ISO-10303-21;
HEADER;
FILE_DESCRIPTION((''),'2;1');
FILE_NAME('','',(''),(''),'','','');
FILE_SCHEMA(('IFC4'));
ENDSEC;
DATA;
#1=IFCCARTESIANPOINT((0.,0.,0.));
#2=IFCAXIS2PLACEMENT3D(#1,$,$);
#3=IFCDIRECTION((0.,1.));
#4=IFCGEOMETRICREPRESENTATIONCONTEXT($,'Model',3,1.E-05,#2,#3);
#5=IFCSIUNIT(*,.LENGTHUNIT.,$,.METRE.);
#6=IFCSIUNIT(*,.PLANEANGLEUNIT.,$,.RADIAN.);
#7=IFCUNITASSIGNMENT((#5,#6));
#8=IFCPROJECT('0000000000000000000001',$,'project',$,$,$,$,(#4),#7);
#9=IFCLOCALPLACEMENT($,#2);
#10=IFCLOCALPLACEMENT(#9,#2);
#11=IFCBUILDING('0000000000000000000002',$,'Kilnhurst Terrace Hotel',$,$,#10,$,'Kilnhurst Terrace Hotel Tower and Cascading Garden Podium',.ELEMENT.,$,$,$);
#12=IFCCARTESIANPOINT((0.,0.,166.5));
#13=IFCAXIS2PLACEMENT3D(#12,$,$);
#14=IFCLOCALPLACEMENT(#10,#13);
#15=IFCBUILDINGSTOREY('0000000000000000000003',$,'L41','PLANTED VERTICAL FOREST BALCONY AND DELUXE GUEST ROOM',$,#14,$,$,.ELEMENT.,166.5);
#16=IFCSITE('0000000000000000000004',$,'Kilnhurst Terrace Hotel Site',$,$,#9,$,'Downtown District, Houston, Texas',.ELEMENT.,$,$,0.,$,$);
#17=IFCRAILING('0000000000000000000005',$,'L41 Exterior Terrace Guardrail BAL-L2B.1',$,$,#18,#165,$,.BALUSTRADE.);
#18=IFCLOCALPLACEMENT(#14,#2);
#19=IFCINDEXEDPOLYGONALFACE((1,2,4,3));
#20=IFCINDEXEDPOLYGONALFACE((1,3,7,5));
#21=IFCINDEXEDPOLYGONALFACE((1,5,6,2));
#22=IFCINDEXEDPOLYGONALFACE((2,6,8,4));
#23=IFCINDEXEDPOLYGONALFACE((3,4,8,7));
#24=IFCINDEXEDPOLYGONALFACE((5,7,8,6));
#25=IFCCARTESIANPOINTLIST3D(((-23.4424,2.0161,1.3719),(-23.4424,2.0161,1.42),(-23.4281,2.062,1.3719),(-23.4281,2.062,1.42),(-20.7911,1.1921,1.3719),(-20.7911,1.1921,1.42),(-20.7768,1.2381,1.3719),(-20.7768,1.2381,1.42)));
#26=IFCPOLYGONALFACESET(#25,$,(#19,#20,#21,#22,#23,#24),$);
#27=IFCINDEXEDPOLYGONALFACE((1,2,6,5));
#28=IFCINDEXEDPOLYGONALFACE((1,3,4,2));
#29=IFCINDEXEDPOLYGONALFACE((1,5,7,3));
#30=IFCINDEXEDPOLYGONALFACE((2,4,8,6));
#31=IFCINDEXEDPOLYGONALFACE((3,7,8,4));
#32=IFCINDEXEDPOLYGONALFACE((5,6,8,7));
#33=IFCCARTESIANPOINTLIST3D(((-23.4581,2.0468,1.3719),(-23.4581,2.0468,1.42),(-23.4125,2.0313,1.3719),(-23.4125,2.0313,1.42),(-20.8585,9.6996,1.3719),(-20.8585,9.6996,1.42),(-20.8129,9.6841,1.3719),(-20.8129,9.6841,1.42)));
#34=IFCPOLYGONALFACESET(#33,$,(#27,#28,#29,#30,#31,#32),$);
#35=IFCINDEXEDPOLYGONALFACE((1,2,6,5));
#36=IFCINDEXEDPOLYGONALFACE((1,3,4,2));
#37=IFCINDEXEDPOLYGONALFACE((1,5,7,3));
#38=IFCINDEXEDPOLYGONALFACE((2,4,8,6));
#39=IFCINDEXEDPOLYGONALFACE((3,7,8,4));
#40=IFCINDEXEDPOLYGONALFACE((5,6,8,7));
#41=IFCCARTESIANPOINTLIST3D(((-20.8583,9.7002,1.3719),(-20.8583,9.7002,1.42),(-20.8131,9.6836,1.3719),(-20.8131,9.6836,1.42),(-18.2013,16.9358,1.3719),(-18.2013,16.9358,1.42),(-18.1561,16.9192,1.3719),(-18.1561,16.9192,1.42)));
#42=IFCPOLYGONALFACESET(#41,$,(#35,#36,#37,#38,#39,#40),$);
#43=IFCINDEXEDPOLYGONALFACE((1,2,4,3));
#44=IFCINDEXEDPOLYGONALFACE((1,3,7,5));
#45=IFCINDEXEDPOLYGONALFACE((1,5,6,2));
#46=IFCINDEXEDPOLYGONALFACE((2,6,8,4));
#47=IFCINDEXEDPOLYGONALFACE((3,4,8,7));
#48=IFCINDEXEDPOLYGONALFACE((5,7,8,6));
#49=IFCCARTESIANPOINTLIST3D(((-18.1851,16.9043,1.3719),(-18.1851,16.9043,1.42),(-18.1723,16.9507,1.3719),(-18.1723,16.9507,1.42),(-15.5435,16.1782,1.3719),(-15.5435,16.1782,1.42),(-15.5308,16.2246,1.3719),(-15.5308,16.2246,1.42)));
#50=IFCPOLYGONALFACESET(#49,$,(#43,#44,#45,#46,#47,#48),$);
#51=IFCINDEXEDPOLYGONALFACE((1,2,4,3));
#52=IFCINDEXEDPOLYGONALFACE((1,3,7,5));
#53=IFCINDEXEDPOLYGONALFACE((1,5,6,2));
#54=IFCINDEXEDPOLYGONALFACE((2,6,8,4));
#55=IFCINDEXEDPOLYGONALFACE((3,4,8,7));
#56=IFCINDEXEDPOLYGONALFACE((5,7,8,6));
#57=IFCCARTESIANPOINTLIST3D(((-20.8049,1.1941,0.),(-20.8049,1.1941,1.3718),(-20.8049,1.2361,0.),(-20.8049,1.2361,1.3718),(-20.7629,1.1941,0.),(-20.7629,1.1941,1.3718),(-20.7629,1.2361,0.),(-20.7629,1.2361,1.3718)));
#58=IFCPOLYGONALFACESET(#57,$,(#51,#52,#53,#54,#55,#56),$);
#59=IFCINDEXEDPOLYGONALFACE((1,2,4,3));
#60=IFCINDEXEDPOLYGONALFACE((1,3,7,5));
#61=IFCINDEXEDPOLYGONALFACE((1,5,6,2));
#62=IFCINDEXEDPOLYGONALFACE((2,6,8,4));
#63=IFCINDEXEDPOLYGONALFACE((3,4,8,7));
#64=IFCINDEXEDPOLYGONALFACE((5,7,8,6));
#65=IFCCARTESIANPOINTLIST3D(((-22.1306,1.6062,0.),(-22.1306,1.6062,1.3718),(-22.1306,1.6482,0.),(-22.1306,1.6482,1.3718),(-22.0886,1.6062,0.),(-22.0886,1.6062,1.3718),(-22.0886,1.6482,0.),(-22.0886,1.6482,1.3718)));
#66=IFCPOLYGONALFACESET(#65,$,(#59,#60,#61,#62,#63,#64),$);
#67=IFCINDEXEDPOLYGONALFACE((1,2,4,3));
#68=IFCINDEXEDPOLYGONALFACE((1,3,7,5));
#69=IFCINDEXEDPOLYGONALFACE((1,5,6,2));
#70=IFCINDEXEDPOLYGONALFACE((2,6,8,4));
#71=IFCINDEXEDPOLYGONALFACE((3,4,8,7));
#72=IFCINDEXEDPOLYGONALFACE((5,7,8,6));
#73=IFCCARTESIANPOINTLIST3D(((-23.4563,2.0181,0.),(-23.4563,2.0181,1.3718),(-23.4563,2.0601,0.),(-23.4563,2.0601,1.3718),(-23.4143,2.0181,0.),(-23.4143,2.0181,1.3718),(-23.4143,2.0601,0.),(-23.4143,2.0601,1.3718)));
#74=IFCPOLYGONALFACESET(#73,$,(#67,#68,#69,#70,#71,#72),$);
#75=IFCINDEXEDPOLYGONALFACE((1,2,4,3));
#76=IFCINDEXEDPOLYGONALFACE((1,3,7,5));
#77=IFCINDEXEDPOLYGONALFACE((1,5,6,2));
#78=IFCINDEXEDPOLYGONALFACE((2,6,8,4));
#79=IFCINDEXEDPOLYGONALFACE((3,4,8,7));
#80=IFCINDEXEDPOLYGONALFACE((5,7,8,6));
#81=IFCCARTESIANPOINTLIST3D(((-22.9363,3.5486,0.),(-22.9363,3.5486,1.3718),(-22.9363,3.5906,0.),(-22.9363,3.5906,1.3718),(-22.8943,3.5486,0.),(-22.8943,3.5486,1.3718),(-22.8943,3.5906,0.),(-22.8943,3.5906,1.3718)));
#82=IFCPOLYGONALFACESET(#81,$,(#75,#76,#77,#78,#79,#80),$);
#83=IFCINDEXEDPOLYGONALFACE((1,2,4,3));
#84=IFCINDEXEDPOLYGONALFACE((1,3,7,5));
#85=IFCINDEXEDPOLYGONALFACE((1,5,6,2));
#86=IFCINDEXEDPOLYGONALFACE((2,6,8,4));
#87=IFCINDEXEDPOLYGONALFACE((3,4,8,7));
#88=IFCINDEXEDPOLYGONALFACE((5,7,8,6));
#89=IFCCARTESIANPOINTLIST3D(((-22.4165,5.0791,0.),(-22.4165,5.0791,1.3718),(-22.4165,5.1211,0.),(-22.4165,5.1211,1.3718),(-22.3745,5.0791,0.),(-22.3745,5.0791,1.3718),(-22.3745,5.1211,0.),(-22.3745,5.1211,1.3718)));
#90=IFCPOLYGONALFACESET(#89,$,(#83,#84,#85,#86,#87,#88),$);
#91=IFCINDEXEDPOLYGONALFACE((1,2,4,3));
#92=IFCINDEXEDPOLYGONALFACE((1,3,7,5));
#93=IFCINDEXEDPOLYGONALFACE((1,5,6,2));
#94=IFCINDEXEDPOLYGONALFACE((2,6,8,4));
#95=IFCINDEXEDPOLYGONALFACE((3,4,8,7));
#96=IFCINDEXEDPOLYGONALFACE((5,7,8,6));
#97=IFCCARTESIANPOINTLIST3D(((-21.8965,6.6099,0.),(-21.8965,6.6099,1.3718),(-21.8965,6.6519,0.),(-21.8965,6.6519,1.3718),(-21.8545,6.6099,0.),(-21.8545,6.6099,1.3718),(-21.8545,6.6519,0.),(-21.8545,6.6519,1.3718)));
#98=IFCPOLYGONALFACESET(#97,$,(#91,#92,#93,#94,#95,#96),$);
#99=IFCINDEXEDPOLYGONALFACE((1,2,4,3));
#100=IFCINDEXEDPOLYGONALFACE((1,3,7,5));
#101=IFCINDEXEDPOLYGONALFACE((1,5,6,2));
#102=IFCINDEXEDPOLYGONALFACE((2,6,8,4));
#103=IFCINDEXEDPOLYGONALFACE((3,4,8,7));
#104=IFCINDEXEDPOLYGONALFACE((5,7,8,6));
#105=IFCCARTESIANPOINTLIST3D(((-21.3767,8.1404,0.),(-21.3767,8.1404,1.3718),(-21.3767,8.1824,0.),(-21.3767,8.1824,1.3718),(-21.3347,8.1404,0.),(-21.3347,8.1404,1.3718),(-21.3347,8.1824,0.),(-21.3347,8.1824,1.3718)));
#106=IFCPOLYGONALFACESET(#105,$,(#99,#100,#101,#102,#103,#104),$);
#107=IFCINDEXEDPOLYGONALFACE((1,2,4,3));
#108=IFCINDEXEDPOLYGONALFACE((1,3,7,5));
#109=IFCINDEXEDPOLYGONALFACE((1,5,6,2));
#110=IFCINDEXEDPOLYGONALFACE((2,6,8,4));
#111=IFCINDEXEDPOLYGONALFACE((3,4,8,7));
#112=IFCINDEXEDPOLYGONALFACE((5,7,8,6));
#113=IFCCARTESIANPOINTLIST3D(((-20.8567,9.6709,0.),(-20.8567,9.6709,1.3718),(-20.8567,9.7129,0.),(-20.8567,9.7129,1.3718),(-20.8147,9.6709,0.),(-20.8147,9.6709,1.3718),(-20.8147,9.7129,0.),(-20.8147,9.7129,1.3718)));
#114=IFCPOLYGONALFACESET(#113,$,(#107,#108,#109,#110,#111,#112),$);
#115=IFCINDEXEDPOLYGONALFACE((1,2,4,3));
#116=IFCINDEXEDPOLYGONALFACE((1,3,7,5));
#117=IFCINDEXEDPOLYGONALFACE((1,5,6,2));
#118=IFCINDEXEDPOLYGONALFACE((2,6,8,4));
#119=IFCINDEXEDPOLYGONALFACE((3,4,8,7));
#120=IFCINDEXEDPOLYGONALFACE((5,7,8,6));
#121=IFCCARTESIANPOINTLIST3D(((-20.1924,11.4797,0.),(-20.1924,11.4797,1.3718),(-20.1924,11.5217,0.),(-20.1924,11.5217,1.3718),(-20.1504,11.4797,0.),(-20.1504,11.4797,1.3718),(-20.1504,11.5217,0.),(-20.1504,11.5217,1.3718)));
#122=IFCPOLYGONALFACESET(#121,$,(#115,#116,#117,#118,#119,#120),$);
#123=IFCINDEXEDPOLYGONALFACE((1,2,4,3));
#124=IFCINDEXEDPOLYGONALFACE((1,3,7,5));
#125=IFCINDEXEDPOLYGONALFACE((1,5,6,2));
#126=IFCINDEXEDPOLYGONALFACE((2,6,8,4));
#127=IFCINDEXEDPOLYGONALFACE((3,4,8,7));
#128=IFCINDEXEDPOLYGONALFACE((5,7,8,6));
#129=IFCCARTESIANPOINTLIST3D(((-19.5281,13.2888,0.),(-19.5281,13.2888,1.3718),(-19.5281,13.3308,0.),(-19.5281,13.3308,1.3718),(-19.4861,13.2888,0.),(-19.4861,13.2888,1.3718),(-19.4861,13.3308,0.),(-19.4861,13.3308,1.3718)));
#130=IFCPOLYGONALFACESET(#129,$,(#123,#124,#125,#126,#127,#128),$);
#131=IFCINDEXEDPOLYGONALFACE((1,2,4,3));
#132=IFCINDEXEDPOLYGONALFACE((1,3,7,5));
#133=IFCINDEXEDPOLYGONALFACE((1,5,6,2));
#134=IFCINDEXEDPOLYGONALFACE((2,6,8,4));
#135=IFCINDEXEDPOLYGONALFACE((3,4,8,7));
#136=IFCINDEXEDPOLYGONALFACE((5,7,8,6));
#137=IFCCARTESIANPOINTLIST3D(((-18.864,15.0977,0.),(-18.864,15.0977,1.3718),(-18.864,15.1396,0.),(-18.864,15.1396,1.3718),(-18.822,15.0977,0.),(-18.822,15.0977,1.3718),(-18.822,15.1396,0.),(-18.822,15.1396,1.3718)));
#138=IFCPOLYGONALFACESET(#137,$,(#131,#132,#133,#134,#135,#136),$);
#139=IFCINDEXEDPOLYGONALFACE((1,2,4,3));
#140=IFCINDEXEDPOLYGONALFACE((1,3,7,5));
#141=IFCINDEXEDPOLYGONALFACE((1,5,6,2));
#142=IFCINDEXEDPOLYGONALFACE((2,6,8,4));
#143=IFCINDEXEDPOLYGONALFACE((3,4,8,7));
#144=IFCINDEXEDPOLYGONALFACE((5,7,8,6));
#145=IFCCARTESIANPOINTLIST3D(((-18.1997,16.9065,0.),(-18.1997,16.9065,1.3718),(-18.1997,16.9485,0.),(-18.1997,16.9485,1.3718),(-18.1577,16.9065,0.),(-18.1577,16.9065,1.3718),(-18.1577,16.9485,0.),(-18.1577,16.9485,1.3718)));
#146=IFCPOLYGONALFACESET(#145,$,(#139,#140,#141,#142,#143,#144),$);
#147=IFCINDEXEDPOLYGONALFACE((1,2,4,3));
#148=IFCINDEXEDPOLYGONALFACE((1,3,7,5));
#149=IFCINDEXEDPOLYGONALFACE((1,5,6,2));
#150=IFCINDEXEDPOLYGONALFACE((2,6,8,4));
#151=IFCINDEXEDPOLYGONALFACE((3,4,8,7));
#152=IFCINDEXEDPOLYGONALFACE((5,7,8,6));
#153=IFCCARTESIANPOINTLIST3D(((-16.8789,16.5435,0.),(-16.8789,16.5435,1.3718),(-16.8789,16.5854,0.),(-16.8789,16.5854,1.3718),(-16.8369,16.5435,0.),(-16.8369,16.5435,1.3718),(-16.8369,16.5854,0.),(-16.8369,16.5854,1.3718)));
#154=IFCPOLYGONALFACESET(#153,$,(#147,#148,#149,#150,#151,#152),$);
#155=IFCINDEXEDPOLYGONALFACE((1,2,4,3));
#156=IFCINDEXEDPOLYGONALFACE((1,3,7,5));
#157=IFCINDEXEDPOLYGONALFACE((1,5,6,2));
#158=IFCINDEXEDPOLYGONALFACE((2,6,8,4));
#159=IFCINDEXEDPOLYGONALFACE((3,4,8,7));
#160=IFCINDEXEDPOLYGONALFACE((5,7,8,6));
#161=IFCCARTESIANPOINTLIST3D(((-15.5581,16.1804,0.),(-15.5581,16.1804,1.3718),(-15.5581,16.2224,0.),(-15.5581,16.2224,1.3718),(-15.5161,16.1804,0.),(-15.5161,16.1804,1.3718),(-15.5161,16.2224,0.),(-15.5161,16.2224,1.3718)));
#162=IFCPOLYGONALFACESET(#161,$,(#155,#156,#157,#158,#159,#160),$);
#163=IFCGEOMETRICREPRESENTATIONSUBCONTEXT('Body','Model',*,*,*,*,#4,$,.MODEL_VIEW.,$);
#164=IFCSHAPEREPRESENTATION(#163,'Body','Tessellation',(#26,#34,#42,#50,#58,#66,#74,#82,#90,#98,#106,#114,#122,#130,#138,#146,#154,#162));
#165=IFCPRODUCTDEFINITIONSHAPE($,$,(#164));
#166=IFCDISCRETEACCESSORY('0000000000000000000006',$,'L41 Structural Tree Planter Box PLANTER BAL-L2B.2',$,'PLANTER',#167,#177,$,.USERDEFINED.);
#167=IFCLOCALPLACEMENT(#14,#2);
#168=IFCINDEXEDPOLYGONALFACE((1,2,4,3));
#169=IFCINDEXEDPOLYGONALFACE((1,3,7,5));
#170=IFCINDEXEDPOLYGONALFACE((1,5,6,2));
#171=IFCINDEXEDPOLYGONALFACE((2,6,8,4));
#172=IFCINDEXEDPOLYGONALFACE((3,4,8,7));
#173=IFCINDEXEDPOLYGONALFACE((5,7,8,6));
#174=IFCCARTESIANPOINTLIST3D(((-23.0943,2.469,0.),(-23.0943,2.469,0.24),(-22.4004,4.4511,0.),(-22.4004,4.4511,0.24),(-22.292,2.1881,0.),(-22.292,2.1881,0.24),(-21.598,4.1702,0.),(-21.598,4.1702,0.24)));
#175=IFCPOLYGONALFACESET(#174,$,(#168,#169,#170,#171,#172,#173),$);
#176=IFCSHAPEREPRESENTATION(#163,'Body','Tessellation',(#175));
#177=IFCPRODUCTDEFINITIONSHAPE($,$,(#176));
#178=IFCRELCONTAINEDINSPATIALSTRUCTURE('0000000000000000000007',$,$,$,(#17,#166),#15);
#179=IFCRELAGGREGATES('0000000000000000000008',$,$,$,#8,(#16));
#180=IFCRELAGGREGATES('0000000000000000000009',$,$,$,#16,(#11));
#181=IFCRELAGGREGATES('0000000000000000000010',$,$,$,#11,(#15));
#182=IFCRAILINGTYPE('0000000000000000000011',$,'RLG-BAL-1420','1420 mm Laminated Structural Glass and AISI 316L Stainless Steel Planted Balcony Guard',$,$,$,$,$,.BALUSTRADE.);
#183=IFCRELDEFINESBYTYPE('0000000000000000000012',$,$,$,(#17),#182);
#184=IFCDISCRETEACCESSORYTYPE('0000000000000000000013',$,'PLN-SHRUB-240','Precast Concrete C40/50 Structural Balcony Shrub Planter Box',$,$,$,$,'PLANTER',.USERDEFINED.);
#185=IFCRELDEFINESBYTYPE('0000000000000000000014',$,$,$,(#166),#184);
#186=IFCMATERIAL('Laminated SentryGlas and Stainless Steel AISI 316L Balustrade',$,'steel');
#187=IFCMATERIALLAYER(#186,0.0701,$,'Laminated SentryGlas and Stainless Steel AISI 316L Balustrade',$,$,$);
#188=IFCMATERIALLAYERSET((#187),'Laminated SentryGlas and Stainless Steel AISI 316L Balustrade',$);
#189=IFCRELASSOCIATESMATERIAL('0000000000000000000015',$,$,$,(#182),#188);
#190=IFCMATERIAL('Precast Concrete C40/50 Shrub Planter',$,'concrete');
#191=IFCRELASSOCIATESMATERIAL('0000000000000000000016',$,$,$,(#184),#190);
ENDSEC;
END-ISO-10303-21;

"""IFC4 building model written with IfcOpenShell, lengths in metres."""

from ifc_helpers import new_model, si_unit, direction, frame, origin, origin_2d, place, context, subcontext, project, spatial, rectangle, extrude, material, layer, layer_set, type_object, element, save


model = new_model("IFC4")

# Units and contexts
model_context = context("Model", 3, precision=1e-05, world=origin(), true_north=direction((0.0, 1.0)))
body_context = subcontext(model_context, "Body", "Model", "MODEL_VIEW")
ifc_project = project(units=[si_unit("LENGTHUNIT", "METRE"), si_unit("PLANEANGLEUNIT", "RADIAN")], contexts=[model_context])

# Site, building, storey
site_placement = place(None, origin())
site = spatial("IfcSite", under=ifc_project, at=site_placement, Name="Kilnhurst Terrace Hotel Site", LongName="Downtown District, Houston, Texas", CompositionType="ELEMENT", RefElevation=0.0)
building_placement = place(site_placement, origin())
building = spatial("IfcBuilding", under=site, at=building_placement, Name="Kilnhurst Terrace Hotel", LongName="Kilnhurst Terrace Hotel Tower and Cascading Garden Podium", CompositionType="ELEMENT")
storey_placement = place(building_placement, frame((0.0, 0.0, 166.5)))
storey = spatial("IfcBuildingStorey", under=building, at=storey_placement, Name="L41", Description="PLANTED VERTICAL FOREST BALCONY AND DELUXE GUEST ROOM", CompositionType="ELEMENT", Elevation=166.5)

# Railing
ifc_material_1 = material(Name="Laminated SentryGlas and Stainless Steel AISI 316L Balustrade", Category="steel")
ifc_layer_1 = layer(ifc_material_1, 0.0701, Name="Laminated SentryGlas and Stainless Steel AISI 316L Balustrade")
ifc_layer_set_1 = layer_set([ifc_layer_1], Name="Laminated SentryGlas and Stainless Steel AISI 316L Balustrade")
railing_type = type_object("IfcRailingType", Name="RLG-BAL-1420", Description="1420 mm Laminated Structural Glass and AISI 316L Stainless Steel Planted Balcony Guard", PredefinedType="BALUSTRADE", material=ifc_layer_set_1)
railing_placement = place(storey_placement, frame((-20.7839, 1.2151, 0.0)))
element("IfcRailing", 1, at=railing_placement, inside=storey, type_object=railing_type, Name="L41 Exterior Terrace Guardrail BAL-L2B.1", PredefinedType="BALUSTRADE", context=body_context, shape_type="SweptSolid", body=[
    extrude(rectangle(XDim=0.0481, YDim=0.0481, at=origin_2d()), frame((0.0, 0.0, 1.396), z_axis=(-0.954948, 0.296773, 0.0), x_axis=(-0.296773, -0.954948, 0.0)), (0.0, 0.0, 1.0), 2.7764),
    extrude(rectangle(XDim=0.0481, YDim=0.0481, at=origin_2d()), frame((-2.6514, 0.824, 1.396), z_axis=(0.321642, 0.946861, 0.0), x_axis=(-0.946861, 0.321642, 0.0)), (0.0, 0.0, 1.0), 8.0823),
    extrude(rectangle(XDim=0.0481, YDim=0.0481, at=origin_2d()), frame((-0.0518, 8.4768, 1.396), z_axis=(0.344704, 0.938711, 0.0), x_axis=(-0.938711, 0.344704, 0.0)), (0.0, 0.0, 1.0), 7.708),
    extrude(rectangle(XDim=0.0481, YDim=0.0481, at=origin_2d()), frame((2.6052, 15.7124, 1.396), z_axis=(0.96424, -0.265032, 0.0), x_axis=(0.265032, 0.96424, 0.0)), (0.0, 0.0, 1.0), 2.7395),
    extrude(rectangle(XDim=0.042, YDim=0.042, at=origin_2d()), origin(), (0.0, 0.0, 1.0), 1.3718),
    extrude(rectangle(XDim=0.042, YDim=0.042, at=origin_2d()), frame((-1.3257, 0.4121, 0.0)), (0.0, 0.0, 1.0), 1.3718),
    extrude(rectangle(XDim=0.042, YDim=0.042, at=origin_2d()), frame((-2.6514, 0.824, 0.0)), (0.0, 0.0, 1.0), 1.3718),
    extrude(rectangle(XDim=0.042, YDim=0.042, at=origin_2d()), frame((-2.1313, 2.3545, 0.0)), (0.0, 0.0, 1.0), 1.3718),
    extrude(rectangle(XDim=0.042, YDim=0.042, at=origin_2d()), frame((-1.6116, 3.885, 0.0)), (0.0, 0.0, 1.0), 1.3718),
    extrude(rectangle(XDim=0.042, YDim=0.042, at=origin_2d()), frame((-1.0916, 5.4158, 0.0)), (0.0, 0.0, 1.0), 1.3718),
    extrude(rectangle(XDim=0.042, YDim=0.042, at=origin_2d()), frame((-0.5718, 6.9463, 0.0)), (0.0, 0.0, 1.0), 1.3718),
    extrude(rectangle(XDim=0.042, YDim=0.042, at=origin_2d()), frame((-0.0518, 8.4768, 0.0)), (0.0, 0.0, 1.0), 1.3718),
    extrude(rectangle(XDim=0.042, YDim=0.042, at=origin_2d()), frame((0.6125, 10.2856, 0.0)), (0.0, 0.0, 1.0), 1.3718),
    extrude(rectangle(XDim=0.042, YDim=0.042, at=origin_2d()), frame((1.2769, 12.0947, 0.0)), (0.0, 0.0, 1.0), 1.3718),
    extrude(rectangle(XDim=0.042, YDim=0.042, at=origin_2d()), frame((1.9409, 13.9036, 0.0)), (0.0, 0.0, 1.0), 1.3718),
    extrude(rectangle(XDim=0.042, YDim=0.042, at=origin_2d()), frame((2.6052, 15.7124, 0.0)), (0.0, 0.0, 1.0), 1.3718),
    extrude(rectangle(XDim=0.042, YDim=0.042, at=origin_2d()), frame((3.926, 15.3494, 0.0)), (0.0, 0.0, 1.0), 1.3718),
    extrude(rectangle(XDim=0.042, YDim=0.042, at=origin_2d()), frame((5.2468, 14.9863, 0.0)), (0.0, 0.0, 1.0), 1.3718),
])

# Discrete accessory
ifc_material_2 = material(Name="Precast Concrete C40/50 Shrub Planter", Category="concrete")
discrete_accessory_type = type_object("IfcDiscreteAccessoryType", Name="PLN-SHRUB-240", Description="Precast Concrete C40/50 Structural Balcony Shrub Planter Box", ElementType="PLANTER", PredefinedType="USERDEFINED", material=ifc_material_2)
discrete_accessory_placement = place(storey_placement, frame((-22.3462, 3.3196, 0.0), z_axis=(0.0, 0.0, 1.0), x_axis=(-0.330432, -0.94383, 0.0)))
element("IfcDiscreteAccessory", 2, at=discrete_accessory_placement, inside=storey, type_object=discrete_accessory_type, Name="L41 Structural Tree Planter Box PLANTER BAL-L2B.2", ObjectType="PLANTER", PredefinedType="USERDEFINED", context=body_context, shape_type="SweptSolid", body=[
    extrude(rectangle(XDim=2.1001, YDim=0.8501, at=origin_2d()), origin(), (0.0, 0.0, 1.0), 0.24),
])

save(model, "model.ifc")
